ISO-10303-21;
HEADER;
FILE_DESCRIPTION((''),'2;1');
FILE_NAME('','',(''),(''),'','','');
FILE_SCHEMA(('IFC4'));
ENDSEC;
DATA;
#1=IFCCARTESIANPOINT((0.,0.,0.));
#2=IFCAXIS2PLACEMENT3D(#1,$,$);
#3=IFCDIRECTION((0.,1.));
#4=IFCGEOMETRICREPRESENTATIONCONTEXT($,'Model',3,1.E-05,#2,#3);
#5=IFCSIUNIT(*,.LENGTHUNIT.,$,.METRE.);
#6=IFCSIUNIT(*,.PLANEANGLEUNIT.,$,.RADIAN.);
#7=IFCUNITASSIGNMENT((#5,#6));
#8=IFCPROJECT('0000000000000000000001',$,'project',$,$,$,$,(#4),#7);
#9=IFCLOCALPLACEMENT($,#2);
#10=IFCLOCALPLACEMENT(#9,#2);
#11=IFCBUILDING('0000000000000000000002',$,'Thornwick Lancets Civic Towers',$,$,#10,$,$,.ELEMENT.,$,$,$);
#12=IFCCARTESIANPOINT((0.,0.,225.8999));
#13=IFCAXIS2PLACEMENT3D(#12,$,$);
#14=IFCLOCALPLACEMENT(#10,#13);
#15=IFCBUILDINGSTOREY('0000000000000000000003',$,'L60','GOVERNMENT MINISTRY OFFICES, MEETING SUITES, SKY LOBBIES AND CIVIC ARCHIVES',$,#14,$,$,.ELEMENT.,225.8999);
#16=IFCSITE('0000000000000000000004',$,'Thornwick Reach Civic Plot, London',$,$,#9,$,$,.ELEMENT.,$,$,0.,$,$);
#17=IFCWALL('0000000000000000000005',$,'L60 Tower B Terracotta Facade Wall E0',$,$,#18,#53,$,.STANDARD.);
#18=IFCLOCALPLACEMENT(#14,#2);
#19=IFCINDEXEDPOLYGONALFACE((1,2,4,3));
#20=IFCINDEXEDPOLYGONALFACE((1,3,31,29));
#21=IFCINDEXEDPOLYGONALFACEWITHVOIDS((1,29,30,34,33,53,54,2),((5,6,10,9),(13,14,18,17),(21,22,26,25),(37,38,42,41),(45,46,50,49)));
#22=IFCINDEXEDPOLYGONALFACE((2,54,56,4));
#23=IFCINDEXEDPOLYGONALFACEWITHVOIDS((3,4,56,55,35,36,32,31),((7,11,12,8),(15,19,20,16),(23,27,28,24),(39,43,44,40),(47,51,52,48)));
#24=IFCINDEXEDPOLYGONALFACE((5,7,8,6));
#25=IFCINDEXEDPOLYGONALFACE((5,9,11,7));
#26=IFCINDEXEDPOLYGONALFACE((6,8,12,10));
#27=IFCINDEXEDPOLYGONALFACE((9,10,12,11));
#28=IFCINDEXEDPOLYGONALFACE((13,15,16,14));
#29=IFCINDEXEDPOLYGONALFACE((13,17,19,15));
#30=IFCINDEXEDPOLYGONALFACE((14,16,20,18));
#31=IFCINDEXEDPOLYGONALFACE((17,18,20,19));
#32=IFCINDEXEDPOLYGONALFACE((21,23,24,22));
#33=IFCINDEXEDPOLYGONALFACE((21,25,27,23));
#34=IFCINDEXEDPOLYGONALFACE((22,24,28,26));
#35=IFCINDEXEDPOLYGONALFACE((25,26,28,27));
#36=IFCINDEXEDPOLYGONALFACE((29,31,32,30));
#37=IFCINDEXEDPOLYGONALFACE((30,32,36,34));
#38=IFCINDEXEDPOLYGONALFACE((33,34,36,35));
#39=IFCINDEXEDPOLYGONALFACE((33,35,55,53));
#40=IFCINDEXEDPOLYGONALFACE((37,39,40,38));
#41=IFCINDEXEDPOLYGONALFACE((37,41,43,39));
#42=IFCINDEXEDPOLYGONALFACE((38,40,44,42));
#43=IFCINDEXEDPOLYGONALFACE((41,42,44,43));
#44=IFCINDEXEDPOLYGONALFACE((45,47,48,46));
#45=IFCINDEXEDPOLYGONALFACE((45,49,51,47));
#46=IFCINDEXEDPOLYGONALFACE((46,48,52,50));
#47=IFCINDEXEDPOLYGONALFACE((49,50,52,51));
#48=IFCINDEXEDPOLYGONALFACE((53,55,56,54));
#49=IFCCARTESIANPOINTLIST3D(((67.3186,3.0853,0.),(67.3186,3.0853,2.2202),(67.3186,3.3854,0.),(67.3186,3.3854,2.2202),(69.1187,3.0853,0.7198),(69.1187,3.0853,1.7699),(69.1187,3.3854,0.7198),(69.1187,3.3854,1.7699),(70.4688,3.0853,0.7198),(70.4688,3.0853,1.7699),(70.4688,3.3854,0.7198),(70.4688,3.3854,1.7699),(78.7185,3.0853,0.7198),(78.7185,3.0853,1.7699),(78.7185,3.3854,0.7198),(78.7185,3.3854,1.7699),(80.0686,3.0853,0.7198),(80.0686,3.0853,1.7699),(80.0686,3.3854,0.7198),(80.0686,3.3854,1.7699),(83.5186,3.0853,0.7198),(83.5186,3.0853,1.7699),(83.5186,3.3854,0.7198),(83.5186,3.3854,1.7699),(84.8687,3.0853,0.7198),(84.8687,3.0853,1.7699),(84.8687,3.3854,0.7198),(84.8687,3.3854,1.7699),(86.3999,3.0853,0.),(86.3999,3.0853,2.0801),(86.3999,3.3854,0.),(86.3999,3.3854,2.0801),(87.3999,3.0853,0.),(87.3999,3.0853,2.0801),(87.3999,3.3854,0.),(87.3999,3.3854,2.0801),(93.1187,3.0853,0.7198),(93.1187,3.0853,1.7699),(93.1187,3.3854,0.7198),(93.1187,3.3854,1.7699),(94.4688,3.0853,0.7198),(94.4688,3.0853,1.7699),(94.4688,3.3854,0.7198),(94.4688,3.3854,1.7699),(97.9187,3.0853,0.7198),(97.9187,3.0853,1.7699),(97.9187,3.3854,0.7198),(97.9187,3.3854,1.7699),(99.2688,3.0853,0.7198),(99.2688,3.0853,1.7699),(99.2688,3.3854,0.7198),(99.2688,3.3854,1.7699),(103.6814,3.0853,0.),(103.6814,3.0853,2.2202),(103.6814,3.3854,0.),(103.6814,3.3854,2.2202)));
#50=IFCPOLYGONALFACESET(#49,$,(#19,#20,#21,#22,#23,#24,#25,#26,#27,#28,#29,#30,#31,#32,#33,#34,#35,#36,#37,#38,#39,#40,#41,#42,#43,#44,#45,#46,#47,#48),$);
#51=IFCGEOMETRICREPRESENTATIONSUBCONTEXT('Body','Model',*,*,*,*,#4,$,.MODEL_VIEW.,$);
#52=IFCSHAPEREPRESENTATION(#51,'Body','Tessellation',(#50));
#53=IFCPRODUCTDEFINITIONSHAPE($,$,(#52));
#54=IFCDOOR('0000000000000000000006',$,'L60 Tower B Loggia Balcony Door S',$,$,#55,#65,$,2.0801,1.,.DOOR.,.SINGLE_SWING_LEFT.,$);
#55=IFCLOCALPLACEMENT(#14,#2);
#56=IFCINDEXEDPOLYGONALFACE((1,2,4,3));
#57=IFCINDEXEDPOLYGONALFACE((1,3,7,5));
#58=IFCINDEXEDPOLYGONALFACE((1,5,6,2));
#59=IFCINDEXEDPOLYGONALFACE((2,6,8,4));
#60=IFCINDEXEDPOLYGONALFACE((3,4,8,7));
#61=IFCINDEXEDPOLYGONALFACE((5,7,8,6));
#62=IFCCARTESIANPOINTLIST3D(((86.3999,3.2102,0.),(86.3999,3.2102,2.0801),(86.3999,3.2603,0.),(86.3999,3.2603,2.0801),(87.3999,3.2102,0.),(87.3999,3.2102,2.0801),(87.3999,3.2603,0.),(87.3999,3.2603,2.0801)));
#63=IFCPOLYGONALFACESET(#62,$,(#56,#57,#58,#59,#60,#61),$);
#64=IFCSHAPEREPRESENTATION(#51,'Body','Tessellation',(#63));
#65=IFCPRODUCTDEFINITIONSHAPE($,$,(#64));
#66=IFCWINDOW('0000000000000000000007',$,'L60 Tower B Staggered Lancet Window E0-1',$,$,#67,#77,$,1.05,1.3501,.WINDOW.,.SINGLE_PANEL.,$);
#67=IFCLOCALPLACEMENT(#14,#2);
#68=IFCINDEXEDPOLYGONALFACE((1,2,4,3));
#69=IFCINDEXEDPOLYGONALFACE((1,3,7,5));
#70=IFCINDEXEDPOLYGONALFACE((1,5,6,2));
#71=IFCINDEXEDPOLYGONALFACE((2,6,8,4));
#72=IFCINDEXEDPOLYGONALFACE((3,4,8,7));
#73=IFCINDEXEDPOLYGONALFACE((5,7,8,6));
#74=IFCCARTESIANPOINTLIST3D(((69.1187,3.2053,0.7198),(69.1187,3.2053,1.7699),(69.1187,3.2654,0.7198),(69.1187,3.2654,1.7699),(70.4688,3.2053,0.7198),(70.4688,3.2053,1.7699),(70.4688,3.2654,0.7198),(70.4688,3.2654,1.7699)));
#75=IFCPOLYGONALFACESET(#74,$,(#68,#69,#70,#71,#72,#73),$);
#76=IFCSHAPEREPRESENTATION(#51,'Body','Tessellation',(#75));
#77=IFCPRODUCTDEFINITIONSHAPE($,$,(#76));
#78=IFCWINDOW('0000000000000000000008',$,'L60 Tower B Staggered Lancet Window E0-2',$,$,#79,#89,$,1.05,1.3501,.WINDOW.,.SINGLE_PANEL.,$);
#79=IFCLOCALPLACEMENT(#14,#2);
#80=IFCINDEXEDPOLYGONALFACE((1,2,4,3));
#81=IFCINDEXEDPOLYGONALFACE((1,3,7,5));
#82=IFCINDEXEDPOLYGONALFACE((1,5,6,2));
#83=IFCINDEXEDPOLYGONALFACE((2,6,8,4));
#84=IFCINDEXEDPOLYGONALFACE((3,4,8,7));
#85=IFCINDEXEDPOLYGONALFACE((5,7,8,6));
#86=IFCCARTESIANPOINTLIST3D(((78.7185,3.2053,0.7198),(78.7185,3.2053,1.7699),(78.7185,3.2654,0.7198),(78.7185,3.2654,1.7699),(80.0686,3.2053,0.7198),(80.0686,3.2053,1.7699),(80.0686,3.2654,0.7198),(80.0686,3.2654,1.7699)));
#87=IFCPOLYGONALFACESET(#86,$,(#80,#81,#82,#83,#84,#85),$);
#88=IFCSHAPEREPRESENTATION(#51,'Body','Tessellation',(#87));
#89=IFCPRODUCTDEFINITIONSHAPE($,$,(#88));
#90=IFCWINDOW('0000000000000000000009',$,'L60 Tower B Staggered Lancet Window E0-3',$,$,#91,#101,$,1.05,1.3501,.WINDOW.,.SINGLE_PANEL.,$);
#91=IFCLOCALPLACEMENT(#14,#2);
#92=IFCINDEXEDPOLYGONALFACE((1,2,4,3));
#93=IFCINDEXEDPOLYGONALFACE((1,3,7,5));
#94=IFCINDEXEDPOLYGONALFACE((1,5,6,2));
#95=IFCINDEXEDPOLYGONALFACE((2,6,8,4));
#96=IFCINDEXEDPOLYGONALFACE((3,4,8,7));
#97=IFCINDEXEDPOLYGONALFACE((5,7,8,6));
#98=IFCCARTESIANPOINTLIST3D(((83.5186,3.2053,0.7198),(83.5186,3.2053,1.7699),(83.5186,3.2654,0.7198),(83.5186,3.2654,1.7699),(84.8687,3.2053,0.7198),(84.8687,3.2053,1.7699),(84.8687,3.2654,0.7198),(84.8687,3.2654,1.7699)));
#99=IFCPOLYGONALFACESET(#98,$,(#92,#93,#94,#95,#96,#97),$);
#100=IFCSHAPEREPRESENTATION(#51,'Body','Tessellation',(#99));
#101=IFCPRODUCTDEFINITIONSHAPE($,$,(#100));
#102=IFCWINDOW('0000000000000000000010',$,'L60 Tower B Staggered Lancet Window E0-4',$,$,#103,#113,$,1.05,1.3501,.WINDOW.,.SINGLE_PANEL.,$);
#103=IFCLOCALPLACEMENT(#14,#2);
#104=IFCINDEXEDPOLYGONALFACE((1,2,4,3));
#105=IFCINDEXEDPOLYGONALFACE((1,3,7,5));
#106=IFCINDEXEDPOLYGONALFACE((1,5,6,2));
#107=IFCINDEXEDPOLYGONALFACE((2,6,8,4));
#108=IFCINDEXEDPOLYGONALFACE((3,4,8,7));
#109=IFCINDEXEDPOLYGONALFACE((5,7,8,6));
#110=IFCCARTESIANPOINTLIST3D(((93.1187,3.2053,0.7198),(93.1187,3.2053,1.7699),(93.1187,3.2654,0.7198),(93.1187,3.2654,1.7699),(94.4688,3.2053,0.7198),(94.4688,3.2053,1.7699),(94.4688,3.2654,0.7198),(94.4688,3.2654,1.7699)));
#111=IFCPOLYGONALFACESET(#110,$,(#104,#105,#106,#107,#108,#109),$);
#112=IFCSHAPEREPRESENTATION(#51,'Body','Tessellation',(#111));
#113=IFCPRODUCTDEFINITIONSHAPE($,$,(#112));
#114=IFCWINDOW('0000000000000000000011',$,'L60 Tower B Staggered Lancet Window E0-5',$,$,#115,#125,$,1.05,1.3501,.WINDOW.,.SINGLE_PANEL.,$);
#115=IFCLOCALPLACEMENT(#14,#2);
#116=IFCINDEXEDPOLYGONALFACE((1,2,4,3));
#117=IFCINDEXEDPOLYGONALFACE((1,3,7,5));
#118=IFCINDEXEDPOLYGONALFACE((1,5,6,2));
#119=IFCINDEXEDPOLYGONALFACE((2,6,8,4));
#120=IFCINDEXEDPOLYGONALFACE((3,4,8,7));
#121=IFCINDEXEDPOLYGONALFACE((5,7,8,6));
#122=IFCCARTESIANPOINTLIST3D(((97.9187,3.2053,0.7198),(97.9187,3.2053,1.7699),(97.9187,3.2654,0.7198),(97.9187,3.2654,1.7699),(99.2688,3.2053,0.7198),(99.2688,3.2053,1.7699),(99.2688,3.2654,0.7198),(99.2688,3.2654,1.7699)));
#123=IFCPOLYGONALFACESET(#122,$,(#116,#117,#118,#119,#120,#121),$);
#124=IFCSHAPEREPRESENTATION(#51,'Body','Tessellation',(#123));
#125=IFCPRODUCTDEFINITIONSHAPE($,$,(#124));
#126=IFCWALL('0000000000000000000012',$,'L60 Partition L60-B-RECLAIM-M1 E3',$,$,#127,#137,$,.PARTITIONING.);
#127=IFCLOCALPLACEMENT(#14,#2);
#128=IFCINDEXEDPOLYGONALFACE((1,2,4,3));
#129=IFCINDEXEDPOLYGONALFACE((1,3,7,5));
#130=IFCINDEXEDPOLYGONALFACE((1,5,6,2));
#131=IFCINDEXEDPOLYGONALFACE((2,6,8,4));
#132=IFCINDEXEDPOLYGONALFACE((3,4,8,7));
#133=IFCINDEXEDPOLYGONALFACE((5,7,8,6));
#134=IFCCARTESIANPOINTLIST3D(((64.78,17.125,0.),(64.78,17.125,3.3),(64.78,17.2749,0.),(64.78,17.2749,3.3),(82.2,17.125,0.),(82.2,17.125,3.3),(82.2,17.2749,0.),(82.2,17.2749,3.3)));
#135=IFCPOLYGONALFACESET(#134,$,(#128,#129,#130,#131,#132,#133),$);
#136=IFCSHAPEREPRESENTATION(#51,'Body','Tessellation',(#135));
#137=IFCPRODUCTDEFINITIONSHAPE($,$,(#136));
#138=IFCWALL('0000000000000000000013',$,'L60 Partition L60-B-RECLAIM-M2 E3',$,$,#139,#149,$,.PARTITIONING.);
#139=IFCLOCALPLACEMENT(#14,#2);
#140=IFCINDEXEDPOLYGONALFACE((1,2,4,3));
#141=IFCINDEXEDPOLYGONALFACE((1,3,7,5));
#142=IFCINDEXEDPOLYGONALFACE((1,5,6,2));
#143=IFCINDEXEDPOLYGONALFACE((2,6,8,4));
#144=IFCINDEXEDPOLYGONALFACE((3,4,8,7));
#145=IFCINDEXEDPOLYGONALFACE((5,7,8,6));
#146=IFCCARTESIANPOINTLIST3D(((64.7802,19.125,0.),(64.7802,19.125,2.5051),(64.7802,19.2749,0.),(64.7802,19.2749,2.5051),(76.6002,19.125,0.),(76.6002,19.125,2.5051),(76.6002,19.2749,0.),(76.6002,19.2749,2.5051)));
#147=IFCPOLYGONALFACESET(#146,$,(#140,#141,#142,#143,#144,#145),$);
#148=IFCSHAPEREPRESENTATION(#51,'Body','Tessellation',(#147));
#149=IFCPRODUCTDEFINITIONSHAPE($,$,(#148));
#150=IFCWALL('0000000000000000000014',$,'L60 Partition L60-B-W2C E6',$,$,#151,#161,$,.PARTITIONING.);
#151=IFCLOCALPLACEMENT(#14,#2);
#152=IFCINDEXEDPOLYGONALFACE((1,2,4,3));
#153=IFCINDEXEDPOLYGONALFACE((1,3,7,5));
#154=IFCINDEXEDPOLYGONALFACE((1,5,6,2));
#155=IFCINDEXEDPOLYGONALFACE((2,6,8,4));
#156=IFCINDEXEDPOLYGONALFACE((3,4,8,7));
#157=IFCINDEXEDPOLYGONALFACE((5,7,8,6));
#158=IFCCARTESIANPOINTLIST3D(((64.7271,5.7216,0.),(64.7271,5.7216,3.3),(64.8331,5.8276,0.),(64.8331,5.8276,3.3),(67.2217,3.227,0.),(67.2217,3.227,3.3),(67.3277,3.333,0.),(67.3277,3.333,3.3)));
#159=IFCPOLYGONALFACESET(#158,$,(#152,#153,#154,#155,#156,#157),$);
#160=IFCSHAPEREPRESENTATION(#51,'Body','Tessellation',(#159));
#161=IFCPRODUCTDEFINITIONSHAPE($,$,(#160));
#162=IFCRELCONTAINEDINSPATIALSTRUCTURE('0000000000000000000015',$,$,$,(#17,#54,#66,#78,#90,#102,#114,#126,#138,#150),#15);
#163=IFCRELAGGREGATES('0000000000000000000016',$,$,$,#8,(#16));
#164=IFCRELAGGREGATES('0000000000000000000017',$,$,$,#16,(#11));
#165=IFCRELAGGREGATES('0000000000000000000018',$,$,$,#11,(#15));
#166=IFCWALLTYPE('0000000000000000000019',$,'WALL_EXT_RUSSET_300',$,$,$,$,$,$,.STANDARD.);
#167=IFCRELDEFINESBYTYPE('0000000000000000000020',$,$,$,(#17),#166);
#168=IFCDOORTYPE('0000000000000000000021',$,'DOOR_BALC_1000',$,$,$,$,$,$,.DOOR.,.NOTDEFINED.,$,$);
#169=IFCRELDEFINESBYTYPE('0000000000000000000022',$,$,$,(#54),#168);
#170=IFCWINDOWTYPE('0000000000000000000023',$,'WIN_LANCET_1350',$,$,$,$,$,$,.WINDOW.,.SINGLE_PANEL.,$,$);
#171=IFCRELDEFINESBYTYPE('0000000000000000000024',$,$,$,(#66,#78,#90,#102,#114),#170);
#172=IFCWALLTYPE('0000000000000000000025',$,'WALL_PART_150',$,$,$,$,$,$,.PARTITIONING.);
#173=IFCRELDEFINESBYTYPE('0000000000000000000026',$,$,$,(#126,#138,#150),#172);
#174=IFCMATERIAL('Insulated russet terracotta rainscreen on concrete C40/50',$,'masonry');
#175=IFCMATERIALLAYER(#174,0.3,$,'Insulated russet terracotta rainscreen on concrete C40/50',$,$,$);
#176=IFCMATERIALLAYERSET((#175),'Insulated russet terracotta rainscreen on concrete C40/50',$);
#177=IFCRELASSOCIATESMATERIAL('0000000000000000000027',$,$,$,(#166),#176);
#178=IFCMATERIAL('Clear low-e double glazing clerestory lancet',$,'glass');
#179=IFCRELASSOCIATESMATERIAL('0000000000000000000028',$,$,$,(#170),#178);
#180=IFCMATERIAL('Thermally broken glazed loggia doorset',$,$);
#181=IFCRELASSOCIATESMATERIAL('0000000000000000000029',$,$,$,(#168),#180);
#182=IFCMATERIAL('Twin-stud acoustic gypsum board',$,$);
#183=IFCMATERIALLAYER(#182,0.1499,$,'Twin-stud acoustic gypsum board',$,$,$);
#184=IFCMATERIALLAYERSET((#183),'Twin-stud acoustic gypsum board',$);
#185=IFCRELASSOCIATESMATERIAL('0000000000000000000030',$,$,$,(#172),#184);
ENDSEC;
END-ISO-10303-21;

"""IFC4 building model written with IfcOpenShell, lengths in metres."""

from ifc_helpers import new_model, si_unit, direction, frame, frame_2d, origin, place, context, subcontext, project, spatial, rectangle, extrude, material, layer, layer_set, type_object, element, fill, save


model = new_model("IFC4")

# Units and contexts
model_context = context("Model", 3, precision=1e-05, world=origin(), true_north=direction((0.0, 1.0)))
body_context = subcontext(model_context, "Body", "Model", "MODEL_VIEW")
ifc_project = project(units=[si_unit("LENGTHUNIT", "METRE"), si_unit("PLANEANGLEUNIT", "RADIAN")], contexts=[model_context])

# Site, building, storey
site_placement = place(None, origin())
site = spatial("IfcSite", under=ifc_project, at=site_placement, Name="Thornwick Reach Civic Plot, London", CompositionType="ELEMENT", RefElevation=0.0)
building_placement = place(site_placement, origin())
building = spatial("IfcBuilding", under=site, at=building_placement, Name="Thornwick Lancets Civic Towers", CompositionType="ELEMENT")
storey_placement = place(building_placement, frame((0.0, 0.0, 225.8999)))
storey = spatial("IfcBuildingStorey", under=building, at=storey_placement, Name="L60", Description="GOVERNMENT MINISTRY OFFICES, MEETING SUITES, SKY LOBBIES AND CIVIC ARCHIVES", CompositionType="ELEMENT", Elevation=225.8999)

# Shared definitions
ifc_material_1 = material(Name="Insulated russet terracotta rainscreen on concrete C40/50", Category="masonry")
ifc_layer_1 = layer(ifc_material_1, 0.3, Name="Insulated russet terracotta rainscreen on concrete C40/50")
ifc_layer_set_1 = layer_set([ifc_layer_1], Name="Insulated russet terracotta rainscreen on concrete C40/50")
wall_type_1 = type_object("IfcWallType", Name="WALL_EXT_RUSSET_300", PredefinedType="STANDARD", material=ifc_layer_set_1)
ifc_material_2 = material(Name="Clear low-e double glazing clerestory lancet", Category="glass")
window_type = type_object("IfcWindowType", Name="WIN_LANCET_1350", PartitioningType="SINGLE_PANEL", PredefinedType="WINDOW", material=ifc_material_2)

# Wall, openings, door, windows
wall_1_placement = place(storey_placement, frame((67.3186, 3.2354, 0.0), z_axis=(0.0, 0.0, 1.0), x_axis=(1.0, 0.0, 0.0)))
wall_1 = element("IfcWall", 1, at=wall_1_placement, inside=storey, type_object=wall_type_1, Name="L60 Tower B Terracotta Facade Wall E0", PredefinedType="STANDARD", context=body_context, shape_type="SweptSolid", body=[
    extrude(rectangle(XDim=36.3628, YDim=0.3, at=frame_2d((18.1814, 0.0))), origin(), (0.0, 0.0, 1.0), 2.2202),
])
opening_1_placement = place(wall_1_placement, frame((19.0813, 0.0, 0.0)))
opening_1 = element("IfcOpeningElement", 2, at=opening_1_placement, cuts=wall_1, PredefinedType="OPENING", context=body_context, shape_type="SweptSolid", body=[
    extrude(rectangle(XDim=1.0, YDim=2.0801, at=frame_2d((0.5, 1.04))), frame((0.0, 0.1602, 0.0), z_axis=(0.0, -1.0, 0.0), x_axis=(1.0, 0.0, 0.0)), (0.0, 0.0, 1.0), 0.3201),
])
opening_2_placement = place(wall_1_placement, frame((1.8, 0.0, 0.72)))
opening_2 = element("IfcOpeningElement", 3, at=opening_2_placement, cuts=wall_1, PredefinedType="OPENING", context=body_context, shape_type="SweptSolid", body=[
    extrude(rectangle(XDim=1.3501, YDim=1.05, at=frame_2d((0.675, 0.5249))), frame((0.0, 0.1602, 0.0), z_axis=(0.0, -1.0, 0.0), x_axis=(1.0, 0.0, 0.0)), (0.0, 0.0, 1.0), 0.3201),
])
opening_3_placement = place(wall_1_placement, frame((11.3999, 0.0, 0.72)))
opening_3 = element("IfcOpeningElement", 4, at=opening_3_placement, cuts=wall_1, PredefinedType="OPENING", context=body_context, shape_type="SweptSolid", body=[
    extrude(rectangle(XDim=1.3501, YDim=1.05, at=frame_2d((0.675, 0.5249))), frame((0.0, 0.1602, 0.0), z_axis=(0.0, -1.0, 0.0), x_axis=(1.0, 0.0, 0.0)), (0.0, 0.0, 1.0), 0.3201),
])
opening_4_placement = place(wall_1_placement, frame((16.2, 0.0, 0.72)))
opening_4 = element("IfcOpeningElement", 5, at=opening_4_placement, cuts=wall_1, PredefinedType="OPENING", context=body_context, shape_type="SweptSolid", body=[
    extrude(rectangle(XDim=1.3501, YDim=1.05, at=frame_2d((0.675, 0.5249))), frame((0.0, 0.1602, 0.0), z_axis=(0.0, -1.0, 0.0), x_axis=(1.0, 0.0, 0.0)), (0.0, 0.0, 1.0), 0.3201),
])
opening_5_placement = place(wall_1_placement, frame((25.8, 0.0, 0.72)))
opening_5 = element("IfcOpeningElement", 6, at=opening_5_placement, cuts=wall_1, PredefinedType="OPENING", context=body_context, shape_type="SweptSolid", body=[
    extrude(rectangle(XDim=1.3501, YDim=1.05, at=frame_2d((0.675, 0.5249))), frame((0.0, 0.1602, 0.0), z_axis=(0.0, -1.0, 0.0), x_axis=(1.0, 0.0, 0.0)), (0.0, 0.0, 1.0), 0.3201),
])
opening_6_placement = place(wall_1_placement, frame((30.6001, 0.0, 0.72)))
opening_6 = element("IfcOpeningElement", 7, at=opening_6_placement, cuts=wall_1, PredefinedType="OPENING", context=body_context, shape_type="SweptSolid", body=[
    extrude(rectangle(XDim=1.3501, YDim=1.05, at=frame_2d((0.675, 0.5249))), frame((0.0, 0.1602, 0.0), z_axis=(0.0, -1.0, 0.0), x_axis=(1.0, 0.0, 0.0)), (0.0, 0.0, 1.0), 0.3201),
])
ifc_material_3 = material(Name="Thermally broken glazed loggia doorset")
door_type = type_object("IfcDoorType", Name="DOOR_BALC_1000", OperationType="NOTDEFINED", PredefinedType="DOOR", material=ifc_material_3)
door_placement = place(opening_1_placement, origin())
door = element("IfcDoor", 8, at=door_placement, inside=storey, type_object=door_type, Name="L60 Tower B Loggia Balcony Door S", OperationType="SINGLE_SWING_LEFT", OverallHeight=2.0801, OverallWidth=1.0, PredefinedType="DOOR", context=body_context, shape_type="SweptSolid", body=[
    extrude(rectangle(XDim=1.0, YDim=2.0801, at=frame_2d((0.5, 1.04))), frame((0.0, 0.0249, 0.0), z_axis=(0.0, -1.0, 0.0), x_axis=(1.0, 0.0, 0.0)), (0.0, 0.0, 1.0), 0.05),
])
fill(opening_1, door)
window_1_placement = place(opening_2_placement, origin())
window_1 = element("IfcWindow", 9, at=window_1_placement, inside=storey, type_object=window_type, Name="L60 Tower B Staggered Lancet Window E0-1", OverallHeight=1.05, OverallWidth=1.3501, PartitioningType="SINGLE_PANEL", PredefinedType="WINDOW", context=body_context, shape_type="SweptSolid", body=[
    extrude(rectangle(XDim=1.3501, YDim=1.05, at=frame_2d((0.675, 0.5249))), frame((0.0, 0.03, 0.0), z_axis=(0.0, -1.0, 0.0), x_axis=(1.0, 0.0, 0.0)), (0.0, 0.0, 1.0), 0.0601),
])
fill(opening_2, window_1)
window_2_placement = place(opening_3_placement, origin())
window_2 = element("IfcWindow", 10, at=window_2_placement, inside=storey, type_object=window_type, Name="L60 Tower B Staggered Lancet Window E0-2", OverallHeight=1.05, OverallWidth=1.3501, PartitioningType="SINGLE_PANEL", PredefinedType="WINDOW", context=body_context, shape_type="SweptSolid", body=[
    extrude(rectangle(XDim=1.3501, YDim=1.05, at=frame_2d((0.675, 0.5249))), frame((0.0, 0.03, 0.0), z_axis=(0.0, -1.0, 0.0), x_axis=(1.0, 0.0, 0.0)), (0.0, 0.0, 1.0), 0.0601),
])
fill(opening_3, window_2)
window_3_placement = place(opening_4_placement, origin())
window_3 = element("IfcWindow", 11, at=window_3_placement, inside=storey, type_object=window_type, Name="L60 Tower B Staggered Lancet Window E0-3", OverallHeight=1.05, OverallWidth=1.3501, PartitioningType="SINGLE_PANEL", PredefinedType="WINDOW", context=body_context, shape_type="SweptSolid", body=[
    extrude(rectangle(XDim=1.3501, YDim=1.05, at=frame_2d((0.675, 0.5249))), frame((0.0, 0.03, 0.0), z_axis=(0.0, -1.0, 0.0), x_axis=(1.0, 0.0, 0.0)), (0.0, 0.0, 1.0), 0.0601),
])
fill(opening_4, window_3)
window_4_placement = place(opening_5_placement, origin())
window_4 = element("IfcWindow", 12, at=window_4_placement, inside=storey, type_object=window_type, Name="L60 Tower B Staggered Lancet Window E0-4", OverallHeight=1.05, OverallWidth=1.3501, PartitioningType="SINGLE_PANEL", PredefinedType="WINDOW", context=body_context, shape_type="SweptSolid", body=[
    extrude(rectangle(XDim=1.3501, YDim=1.05, at=frame_2d((0.675, 0.5249))), frame((0.0, 0.03, 0.0), z_axis=(0.0, -1.0, 0.0), x_axis=(1.0, 0.0, 0.0)), (0.0, 0.0, 1.0), 0.0601),
])
fill(opening_5, window_4)
window_5_placement = place(opening_6_placement, origin())
window_5 = element("IfcWindow", 13, at=window_5_placement, inside=storey, type_object=window_type, Name="L60 Tower B Staggered Lancet Window E0-5", OverallHeight=1.05, OverallWidth=1.3501, PartitioningType="SINGLE_PANEL", PredefinedType="WINDOW", context=body_context, shape_type="SweptSolid", body=[
    extrude(rectangle(XDim=1.3501, YDim=1.05, at=frame_2d((0.675, 0.5249))), frame((0.0, 0.03, 0.0), z_axis=(0.0, -1.0, 0.0), x_axis=(1.0, 0.0, 0.0)), (0.0, 0.0, 1.0), 0.0601),
])
fill(opening_6, window_5)

# Walls
ifc_material_4 = material(Name="Twin-stud acoustic gypsum board")
ifc_layer_2 = layer(ifc_material_4, 0.1499, Name="Twin-stud acoustic gypsum board")
ifc_layer_set_2 = layer_set([ifc_layer_2], Name="Twin-stud acoustic gypsum board")
wall_type_2 = type_object("IfcWallType", Name="WALL_PART_150", PredefinedType="PARTITIONING", material=ifc_layer_set_2)
wall_2_placement = place(storey_placement, frame((64.78, 17.2, 0.0), z_axis=(0.0, 0.0, 1.0), x_axis=(1.0, 0.0, 0.0)))
element("IfcWall", 14, at=wall_2_placement, inside=storey, type_object=wall_type_2, Name="L60 Partition L60-B-RECLAIM-M1 E3", PredefinedType="PARTITIONING", context=body_context, shape_type="SweptSolid", body=[
    extrude(rectangle(XDim=17.4199, YDim=0.1499, at=frame_2d((8.71, 0.0))), origin(), (0.0, 0.0, 1.0), 3.3),
])
wall_3_placement = place(storey_placement, frame((64.78, 19.2, 0.0), z_axis=(0.0, 0.0, 1.0), x_axis=(1.0, 0.0, 0.0)))
element("IfcWall", 15, at=wall_3_placement, inside=storey, type_object=wall_type_2, Name="L60 Partition L60-B-RECLAIM-M2 E3", PredefinedType="PARTITIONING", context=body_context, shape_type="SweptSolid", body=[
    extrude(rectangle(XDim=11.8201, YDim=0.1499, at=frame_2d((5.9102, 0.0))), origin(), (0.0, 0.0, 1.0), 2.5051),
])
wall_4_placement = place(storey_placement, frame((67.2747, 3.28, 0.0), z_axis=(0.0, 0.0, 1.0), x_axis=(-0.707107, 0.707107, 0.0)))
element("IfcWall", 16, at=wall_4_placement, inside=storey, type_object=wall_type_2, Name="L60 Partition L60-B-W2C E6", PredefinedType="PARTITIONING", context=body_context, shape_type="SweptSolid", body=[
    extrude(rectangle(XDim=3.5278, YDim=0.1499, at=frame_2d((1.7639, 0.0))), origin(), (0.0, 0.0, 1.0), 3.3),
])

save(model, "model.ifc")
